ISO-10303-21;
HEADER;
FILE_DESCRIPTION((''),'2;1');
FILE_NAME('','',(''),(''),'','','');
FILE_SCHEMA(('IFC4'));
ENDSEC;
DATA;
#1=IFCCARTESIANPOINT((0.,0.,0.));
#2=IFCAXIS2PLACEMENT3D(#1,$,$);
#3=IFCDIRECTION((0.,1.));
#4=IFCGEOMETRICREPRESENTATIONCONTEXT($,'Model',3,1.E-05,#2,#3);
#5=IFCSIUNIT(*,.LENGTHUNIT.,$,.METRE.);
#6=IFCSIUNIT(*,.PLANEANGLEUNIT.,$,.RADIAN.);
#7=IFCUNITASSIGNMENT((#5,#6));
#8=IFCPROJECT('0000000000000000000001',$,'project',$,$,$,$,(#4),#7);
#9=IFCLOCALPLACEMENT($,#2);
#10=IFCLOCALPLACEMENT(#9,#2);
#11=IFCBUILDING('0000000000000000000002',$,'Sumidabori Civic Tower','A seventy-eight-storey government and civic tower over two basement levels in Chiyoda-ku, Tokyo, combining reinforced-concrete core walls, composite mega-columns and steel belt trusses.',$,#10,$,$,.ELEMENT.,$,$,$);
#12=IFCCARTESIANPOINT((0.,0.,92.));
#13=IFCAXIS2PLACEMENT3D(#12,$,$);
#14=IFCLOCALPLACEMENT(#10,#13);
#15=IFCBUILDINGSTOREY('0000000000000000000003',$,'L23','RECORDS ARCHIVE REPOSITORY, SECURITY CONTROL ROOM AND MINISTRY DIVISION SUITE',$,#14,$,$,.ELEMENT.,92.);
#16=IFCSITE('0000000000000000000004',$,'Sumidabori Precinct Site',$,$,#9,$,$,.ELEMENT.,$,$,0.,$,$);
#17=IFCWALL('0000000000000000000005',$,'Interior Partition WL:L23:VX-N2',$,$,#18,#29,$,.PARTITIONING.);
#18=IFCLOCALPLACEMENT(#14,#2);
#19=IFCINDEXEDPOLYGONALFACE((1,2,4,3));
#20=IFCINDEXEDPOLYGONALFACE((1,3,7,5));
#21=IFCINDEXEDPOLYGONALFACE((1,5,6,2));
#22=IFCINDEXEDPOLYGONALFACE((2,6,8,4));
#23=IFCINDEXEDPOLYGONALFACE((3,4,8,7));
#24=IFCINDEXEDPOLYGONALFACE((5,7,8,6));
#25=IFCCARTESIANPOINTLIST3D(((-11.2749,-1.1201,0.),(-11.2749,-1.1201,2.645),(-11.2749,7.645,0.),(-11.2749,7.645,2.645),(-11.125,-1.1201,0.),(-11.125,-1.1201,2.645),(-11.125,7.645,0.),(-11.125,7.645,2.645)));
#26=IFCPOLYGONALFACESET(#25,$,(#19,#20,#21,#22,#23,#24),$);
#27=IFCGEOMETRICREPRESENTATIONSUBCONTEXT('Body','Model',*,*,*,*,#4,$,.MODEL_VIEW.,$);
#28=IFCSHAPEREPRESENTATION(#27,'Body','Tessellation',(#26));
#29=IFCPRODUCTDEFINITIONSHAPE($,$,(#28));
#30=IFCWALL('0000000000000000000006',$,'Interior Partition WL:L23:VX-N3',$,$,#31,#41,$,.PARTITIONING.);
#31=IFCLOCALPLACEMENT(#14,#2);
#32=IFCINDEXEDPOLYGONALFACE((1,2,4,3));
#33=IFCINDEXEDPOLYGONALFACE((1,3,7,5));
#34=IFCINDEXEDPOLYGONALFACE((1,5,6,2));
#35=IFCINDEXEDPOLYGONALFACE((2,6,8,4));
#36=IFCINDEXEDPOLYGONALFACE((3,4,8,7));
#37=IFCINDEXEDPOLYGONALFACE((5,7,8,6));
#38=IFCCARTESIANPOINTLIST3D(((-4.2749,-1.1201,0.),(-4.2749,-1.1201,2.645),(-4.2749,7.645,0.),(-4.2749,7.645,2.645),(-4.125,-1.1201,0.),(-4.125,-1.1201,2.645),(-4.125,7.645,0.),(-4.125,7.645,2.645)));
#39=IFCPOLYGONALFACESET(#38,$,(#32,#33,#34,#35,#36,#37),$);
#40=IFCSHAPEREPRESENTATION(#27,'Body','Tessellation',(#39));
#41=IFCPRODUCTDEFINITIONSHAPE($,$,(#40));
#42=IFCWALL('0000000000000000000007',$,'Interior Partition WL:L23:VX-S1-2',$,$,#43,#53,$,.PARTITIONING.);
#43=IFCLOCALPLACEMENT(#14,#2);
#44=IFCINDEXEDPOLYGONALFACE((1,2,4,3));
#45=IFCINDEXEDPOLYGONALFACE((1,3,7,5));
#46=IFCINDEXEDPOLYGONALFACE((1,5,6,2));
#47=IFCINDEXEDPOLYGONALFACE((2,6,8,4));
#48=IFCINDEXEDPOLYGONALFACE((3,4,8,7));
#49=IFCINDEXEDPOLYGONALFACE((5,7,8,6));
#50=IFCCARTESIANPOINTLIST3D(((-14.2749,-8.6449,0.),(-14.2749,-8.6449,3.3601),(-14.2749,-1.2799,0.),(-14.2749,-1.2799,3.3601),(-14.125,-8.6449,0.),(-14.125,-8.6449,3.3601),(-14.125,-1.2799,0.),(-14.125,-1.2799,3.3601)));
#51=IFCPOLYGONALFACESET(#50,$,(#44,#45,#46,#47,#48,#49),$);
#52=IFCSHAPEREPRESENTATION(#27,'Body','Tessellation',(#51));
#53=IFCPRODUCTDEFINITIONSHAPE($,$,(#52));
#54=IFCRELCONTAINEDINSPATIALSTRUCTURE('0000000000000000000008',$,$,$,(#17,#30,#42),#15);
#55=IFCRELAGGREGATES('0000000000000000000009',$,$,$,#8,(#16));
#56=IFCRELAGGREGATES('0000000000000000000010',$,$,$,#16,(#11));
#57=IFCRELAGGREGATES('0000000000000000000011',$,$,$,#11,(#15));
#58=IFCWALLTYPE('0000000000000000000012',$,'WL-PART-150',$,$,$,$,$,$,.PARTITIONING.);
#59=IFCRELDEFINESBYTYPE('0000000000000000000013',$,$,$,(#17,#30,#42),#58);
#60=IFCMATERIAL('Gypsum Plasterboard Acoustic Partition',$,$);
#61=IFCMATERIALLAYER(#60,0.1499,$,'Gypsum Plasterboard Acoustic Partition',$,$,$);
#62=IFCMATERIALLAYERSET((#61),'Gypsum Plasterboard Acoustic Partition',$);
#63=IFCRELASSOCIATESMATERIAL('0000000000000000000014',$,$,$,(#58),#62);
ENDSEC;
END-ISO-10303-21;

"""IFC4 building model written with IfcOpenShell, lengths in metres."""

from ifc_helpers import new_model, si_unit, direction, frame, frame_2d, origin, place, context, subcontext, project, spatial, rectangle, extrude, source, transform, mapped, material, layer, layer_set, type_object, element, save


model = new_model("IFC4")

# Units and contexts
model_context = context("Model", 3, precision=1e-05, world=origin(), true_north=direction((0.0, 1.0)))
body_context = subcontext(model_context, "Body", "Model", "MODEL_VIEW")
ifc_project = project(units=[si_unit("LENGTHUNIT", "METRE"), si_unit("PLANEANGLEUNIT", "RADIAN")], contexts=[model_context])

# Site, building, storey
site_placement = place(None, origin())
site = spatial("IfcSite", under=ifc_project, at=site_placement, Name="Sumidabori Precinct Site", CompositionType="ELEMENT", RefElevation=0.0)
building_placement = place(site_placement, origin())
building = spatial("IfcBuilding", under=site, at=building_placement, Name="Sumidabori Civic Tower", Description="A seventy-eight-storey government and civic tower over two basement levels in Chiyoda-ku, Tokyo, combining reinforced-concrete core walls, composite mega-columns and steel belt trusses.", CompositionType="ELEMENT")
storey_placement = place(building_placement, frame((0.0, 0.0, 92.0)))
storey = spatial("IfcBuildingStorey", under=building, at=storey_placement, Name="L23", Description="RECORDS ARCHIVE REPOSITORY, SECURITY CONTROL ROOM AND MINISTRY DIVISION SUITE", CompositionType="ELEMENT", Elevation=92.0)

# Shared definitions
ifc_material_1 = material(Name="Gypsum Plasterboard Acoustic Partition")
ifc_layer = layer(ifc_material_1, 0.1499, Name="Gypsum Plasterboard Acoustic Partition")
ifc_layer_set = layer_set([ifc_layer], Name="Gypsum Plasterboard Acoustic Partition")
wall_type = type_object("IfcWallType", Name="WL-PART-150", PredefinedType="PARTITIONING", material=ifc_layer_set)

# Walls
shared_shape_1 = source(origin(), body_context, "Body", "SweptSolid", [
    extrude(rectangle(XDim=8.7651, YDim=0.1499, at=frame_2d((4.3826, 0.0))), origin(), (0.0, 0.0, 1.0), 2.645),
])
for number, where, z_axis, x_axis, name in (
    (1, (-11.2, -1.1201, 0.0), (0.0, 0.0, 1.0), (0.0, 1.0, 0.0), "Interior Partition WL:L23:VX-N2"),
    (2, (-4.2, -1.1201, 0.0), (0.0, 0.0, 1.0), (0.0, 1.0, 0.0), "Interior Partition WL:L23:VX-N3"),
):
    element("IfcWall", number, at=place(storey_placement, frame(where, z_axis=z_axis, x_axis=x_axis)), inside=storey, type_object=wall_type, Name=name, PredefinedType="PARTITIONING", context=body_context, shape_type="MappedRepresentation", body=[
        mapped(shared_shape_1, transform((0.0, 0.0, 0.0), x_axis=(1.0, 0.0, 0.0), y_axis=(0.0, 1.0, 0.0), z_axis=(0.0, 0.0, 1.0), scale=1.0)),
    ])
shared_shape_2 = source(origin(), body_context, "Body", "SweptSolid", [
    extrude(rectangle(XDim=7.365, YDim=0.1499, at=frame_2d((3.6826, 0.0))), origin(), (0.0, 0.0, 1.0), 3.3601),
])
wall_1_placement = place(storey_placement, frame((-14.2, -8.645, 0.0), z_axis=(0.0, 0.0, 1.0), x_axis=(0.0, 1.0, 0.0)))
element("IfcWall", 3, at=wall_1_placement, inside=storey, type_object=wall_type, Name="Interior Partition WL:L23:VX-S1-2", PredefinedType="PARTITIONING", context=body_context, shape_type="MappedRepresentation", body=[
    mapped(shared_shape_2, transform((0.0, 0.0, 0.0), x_axis=(1.0, 0.0, 0.0), y_axis=(0.0, 1.0, 0.0), z_axis=(0.0, 0.0, 1.0), scale=1.0)),
])

save(model, "model.ifc")
